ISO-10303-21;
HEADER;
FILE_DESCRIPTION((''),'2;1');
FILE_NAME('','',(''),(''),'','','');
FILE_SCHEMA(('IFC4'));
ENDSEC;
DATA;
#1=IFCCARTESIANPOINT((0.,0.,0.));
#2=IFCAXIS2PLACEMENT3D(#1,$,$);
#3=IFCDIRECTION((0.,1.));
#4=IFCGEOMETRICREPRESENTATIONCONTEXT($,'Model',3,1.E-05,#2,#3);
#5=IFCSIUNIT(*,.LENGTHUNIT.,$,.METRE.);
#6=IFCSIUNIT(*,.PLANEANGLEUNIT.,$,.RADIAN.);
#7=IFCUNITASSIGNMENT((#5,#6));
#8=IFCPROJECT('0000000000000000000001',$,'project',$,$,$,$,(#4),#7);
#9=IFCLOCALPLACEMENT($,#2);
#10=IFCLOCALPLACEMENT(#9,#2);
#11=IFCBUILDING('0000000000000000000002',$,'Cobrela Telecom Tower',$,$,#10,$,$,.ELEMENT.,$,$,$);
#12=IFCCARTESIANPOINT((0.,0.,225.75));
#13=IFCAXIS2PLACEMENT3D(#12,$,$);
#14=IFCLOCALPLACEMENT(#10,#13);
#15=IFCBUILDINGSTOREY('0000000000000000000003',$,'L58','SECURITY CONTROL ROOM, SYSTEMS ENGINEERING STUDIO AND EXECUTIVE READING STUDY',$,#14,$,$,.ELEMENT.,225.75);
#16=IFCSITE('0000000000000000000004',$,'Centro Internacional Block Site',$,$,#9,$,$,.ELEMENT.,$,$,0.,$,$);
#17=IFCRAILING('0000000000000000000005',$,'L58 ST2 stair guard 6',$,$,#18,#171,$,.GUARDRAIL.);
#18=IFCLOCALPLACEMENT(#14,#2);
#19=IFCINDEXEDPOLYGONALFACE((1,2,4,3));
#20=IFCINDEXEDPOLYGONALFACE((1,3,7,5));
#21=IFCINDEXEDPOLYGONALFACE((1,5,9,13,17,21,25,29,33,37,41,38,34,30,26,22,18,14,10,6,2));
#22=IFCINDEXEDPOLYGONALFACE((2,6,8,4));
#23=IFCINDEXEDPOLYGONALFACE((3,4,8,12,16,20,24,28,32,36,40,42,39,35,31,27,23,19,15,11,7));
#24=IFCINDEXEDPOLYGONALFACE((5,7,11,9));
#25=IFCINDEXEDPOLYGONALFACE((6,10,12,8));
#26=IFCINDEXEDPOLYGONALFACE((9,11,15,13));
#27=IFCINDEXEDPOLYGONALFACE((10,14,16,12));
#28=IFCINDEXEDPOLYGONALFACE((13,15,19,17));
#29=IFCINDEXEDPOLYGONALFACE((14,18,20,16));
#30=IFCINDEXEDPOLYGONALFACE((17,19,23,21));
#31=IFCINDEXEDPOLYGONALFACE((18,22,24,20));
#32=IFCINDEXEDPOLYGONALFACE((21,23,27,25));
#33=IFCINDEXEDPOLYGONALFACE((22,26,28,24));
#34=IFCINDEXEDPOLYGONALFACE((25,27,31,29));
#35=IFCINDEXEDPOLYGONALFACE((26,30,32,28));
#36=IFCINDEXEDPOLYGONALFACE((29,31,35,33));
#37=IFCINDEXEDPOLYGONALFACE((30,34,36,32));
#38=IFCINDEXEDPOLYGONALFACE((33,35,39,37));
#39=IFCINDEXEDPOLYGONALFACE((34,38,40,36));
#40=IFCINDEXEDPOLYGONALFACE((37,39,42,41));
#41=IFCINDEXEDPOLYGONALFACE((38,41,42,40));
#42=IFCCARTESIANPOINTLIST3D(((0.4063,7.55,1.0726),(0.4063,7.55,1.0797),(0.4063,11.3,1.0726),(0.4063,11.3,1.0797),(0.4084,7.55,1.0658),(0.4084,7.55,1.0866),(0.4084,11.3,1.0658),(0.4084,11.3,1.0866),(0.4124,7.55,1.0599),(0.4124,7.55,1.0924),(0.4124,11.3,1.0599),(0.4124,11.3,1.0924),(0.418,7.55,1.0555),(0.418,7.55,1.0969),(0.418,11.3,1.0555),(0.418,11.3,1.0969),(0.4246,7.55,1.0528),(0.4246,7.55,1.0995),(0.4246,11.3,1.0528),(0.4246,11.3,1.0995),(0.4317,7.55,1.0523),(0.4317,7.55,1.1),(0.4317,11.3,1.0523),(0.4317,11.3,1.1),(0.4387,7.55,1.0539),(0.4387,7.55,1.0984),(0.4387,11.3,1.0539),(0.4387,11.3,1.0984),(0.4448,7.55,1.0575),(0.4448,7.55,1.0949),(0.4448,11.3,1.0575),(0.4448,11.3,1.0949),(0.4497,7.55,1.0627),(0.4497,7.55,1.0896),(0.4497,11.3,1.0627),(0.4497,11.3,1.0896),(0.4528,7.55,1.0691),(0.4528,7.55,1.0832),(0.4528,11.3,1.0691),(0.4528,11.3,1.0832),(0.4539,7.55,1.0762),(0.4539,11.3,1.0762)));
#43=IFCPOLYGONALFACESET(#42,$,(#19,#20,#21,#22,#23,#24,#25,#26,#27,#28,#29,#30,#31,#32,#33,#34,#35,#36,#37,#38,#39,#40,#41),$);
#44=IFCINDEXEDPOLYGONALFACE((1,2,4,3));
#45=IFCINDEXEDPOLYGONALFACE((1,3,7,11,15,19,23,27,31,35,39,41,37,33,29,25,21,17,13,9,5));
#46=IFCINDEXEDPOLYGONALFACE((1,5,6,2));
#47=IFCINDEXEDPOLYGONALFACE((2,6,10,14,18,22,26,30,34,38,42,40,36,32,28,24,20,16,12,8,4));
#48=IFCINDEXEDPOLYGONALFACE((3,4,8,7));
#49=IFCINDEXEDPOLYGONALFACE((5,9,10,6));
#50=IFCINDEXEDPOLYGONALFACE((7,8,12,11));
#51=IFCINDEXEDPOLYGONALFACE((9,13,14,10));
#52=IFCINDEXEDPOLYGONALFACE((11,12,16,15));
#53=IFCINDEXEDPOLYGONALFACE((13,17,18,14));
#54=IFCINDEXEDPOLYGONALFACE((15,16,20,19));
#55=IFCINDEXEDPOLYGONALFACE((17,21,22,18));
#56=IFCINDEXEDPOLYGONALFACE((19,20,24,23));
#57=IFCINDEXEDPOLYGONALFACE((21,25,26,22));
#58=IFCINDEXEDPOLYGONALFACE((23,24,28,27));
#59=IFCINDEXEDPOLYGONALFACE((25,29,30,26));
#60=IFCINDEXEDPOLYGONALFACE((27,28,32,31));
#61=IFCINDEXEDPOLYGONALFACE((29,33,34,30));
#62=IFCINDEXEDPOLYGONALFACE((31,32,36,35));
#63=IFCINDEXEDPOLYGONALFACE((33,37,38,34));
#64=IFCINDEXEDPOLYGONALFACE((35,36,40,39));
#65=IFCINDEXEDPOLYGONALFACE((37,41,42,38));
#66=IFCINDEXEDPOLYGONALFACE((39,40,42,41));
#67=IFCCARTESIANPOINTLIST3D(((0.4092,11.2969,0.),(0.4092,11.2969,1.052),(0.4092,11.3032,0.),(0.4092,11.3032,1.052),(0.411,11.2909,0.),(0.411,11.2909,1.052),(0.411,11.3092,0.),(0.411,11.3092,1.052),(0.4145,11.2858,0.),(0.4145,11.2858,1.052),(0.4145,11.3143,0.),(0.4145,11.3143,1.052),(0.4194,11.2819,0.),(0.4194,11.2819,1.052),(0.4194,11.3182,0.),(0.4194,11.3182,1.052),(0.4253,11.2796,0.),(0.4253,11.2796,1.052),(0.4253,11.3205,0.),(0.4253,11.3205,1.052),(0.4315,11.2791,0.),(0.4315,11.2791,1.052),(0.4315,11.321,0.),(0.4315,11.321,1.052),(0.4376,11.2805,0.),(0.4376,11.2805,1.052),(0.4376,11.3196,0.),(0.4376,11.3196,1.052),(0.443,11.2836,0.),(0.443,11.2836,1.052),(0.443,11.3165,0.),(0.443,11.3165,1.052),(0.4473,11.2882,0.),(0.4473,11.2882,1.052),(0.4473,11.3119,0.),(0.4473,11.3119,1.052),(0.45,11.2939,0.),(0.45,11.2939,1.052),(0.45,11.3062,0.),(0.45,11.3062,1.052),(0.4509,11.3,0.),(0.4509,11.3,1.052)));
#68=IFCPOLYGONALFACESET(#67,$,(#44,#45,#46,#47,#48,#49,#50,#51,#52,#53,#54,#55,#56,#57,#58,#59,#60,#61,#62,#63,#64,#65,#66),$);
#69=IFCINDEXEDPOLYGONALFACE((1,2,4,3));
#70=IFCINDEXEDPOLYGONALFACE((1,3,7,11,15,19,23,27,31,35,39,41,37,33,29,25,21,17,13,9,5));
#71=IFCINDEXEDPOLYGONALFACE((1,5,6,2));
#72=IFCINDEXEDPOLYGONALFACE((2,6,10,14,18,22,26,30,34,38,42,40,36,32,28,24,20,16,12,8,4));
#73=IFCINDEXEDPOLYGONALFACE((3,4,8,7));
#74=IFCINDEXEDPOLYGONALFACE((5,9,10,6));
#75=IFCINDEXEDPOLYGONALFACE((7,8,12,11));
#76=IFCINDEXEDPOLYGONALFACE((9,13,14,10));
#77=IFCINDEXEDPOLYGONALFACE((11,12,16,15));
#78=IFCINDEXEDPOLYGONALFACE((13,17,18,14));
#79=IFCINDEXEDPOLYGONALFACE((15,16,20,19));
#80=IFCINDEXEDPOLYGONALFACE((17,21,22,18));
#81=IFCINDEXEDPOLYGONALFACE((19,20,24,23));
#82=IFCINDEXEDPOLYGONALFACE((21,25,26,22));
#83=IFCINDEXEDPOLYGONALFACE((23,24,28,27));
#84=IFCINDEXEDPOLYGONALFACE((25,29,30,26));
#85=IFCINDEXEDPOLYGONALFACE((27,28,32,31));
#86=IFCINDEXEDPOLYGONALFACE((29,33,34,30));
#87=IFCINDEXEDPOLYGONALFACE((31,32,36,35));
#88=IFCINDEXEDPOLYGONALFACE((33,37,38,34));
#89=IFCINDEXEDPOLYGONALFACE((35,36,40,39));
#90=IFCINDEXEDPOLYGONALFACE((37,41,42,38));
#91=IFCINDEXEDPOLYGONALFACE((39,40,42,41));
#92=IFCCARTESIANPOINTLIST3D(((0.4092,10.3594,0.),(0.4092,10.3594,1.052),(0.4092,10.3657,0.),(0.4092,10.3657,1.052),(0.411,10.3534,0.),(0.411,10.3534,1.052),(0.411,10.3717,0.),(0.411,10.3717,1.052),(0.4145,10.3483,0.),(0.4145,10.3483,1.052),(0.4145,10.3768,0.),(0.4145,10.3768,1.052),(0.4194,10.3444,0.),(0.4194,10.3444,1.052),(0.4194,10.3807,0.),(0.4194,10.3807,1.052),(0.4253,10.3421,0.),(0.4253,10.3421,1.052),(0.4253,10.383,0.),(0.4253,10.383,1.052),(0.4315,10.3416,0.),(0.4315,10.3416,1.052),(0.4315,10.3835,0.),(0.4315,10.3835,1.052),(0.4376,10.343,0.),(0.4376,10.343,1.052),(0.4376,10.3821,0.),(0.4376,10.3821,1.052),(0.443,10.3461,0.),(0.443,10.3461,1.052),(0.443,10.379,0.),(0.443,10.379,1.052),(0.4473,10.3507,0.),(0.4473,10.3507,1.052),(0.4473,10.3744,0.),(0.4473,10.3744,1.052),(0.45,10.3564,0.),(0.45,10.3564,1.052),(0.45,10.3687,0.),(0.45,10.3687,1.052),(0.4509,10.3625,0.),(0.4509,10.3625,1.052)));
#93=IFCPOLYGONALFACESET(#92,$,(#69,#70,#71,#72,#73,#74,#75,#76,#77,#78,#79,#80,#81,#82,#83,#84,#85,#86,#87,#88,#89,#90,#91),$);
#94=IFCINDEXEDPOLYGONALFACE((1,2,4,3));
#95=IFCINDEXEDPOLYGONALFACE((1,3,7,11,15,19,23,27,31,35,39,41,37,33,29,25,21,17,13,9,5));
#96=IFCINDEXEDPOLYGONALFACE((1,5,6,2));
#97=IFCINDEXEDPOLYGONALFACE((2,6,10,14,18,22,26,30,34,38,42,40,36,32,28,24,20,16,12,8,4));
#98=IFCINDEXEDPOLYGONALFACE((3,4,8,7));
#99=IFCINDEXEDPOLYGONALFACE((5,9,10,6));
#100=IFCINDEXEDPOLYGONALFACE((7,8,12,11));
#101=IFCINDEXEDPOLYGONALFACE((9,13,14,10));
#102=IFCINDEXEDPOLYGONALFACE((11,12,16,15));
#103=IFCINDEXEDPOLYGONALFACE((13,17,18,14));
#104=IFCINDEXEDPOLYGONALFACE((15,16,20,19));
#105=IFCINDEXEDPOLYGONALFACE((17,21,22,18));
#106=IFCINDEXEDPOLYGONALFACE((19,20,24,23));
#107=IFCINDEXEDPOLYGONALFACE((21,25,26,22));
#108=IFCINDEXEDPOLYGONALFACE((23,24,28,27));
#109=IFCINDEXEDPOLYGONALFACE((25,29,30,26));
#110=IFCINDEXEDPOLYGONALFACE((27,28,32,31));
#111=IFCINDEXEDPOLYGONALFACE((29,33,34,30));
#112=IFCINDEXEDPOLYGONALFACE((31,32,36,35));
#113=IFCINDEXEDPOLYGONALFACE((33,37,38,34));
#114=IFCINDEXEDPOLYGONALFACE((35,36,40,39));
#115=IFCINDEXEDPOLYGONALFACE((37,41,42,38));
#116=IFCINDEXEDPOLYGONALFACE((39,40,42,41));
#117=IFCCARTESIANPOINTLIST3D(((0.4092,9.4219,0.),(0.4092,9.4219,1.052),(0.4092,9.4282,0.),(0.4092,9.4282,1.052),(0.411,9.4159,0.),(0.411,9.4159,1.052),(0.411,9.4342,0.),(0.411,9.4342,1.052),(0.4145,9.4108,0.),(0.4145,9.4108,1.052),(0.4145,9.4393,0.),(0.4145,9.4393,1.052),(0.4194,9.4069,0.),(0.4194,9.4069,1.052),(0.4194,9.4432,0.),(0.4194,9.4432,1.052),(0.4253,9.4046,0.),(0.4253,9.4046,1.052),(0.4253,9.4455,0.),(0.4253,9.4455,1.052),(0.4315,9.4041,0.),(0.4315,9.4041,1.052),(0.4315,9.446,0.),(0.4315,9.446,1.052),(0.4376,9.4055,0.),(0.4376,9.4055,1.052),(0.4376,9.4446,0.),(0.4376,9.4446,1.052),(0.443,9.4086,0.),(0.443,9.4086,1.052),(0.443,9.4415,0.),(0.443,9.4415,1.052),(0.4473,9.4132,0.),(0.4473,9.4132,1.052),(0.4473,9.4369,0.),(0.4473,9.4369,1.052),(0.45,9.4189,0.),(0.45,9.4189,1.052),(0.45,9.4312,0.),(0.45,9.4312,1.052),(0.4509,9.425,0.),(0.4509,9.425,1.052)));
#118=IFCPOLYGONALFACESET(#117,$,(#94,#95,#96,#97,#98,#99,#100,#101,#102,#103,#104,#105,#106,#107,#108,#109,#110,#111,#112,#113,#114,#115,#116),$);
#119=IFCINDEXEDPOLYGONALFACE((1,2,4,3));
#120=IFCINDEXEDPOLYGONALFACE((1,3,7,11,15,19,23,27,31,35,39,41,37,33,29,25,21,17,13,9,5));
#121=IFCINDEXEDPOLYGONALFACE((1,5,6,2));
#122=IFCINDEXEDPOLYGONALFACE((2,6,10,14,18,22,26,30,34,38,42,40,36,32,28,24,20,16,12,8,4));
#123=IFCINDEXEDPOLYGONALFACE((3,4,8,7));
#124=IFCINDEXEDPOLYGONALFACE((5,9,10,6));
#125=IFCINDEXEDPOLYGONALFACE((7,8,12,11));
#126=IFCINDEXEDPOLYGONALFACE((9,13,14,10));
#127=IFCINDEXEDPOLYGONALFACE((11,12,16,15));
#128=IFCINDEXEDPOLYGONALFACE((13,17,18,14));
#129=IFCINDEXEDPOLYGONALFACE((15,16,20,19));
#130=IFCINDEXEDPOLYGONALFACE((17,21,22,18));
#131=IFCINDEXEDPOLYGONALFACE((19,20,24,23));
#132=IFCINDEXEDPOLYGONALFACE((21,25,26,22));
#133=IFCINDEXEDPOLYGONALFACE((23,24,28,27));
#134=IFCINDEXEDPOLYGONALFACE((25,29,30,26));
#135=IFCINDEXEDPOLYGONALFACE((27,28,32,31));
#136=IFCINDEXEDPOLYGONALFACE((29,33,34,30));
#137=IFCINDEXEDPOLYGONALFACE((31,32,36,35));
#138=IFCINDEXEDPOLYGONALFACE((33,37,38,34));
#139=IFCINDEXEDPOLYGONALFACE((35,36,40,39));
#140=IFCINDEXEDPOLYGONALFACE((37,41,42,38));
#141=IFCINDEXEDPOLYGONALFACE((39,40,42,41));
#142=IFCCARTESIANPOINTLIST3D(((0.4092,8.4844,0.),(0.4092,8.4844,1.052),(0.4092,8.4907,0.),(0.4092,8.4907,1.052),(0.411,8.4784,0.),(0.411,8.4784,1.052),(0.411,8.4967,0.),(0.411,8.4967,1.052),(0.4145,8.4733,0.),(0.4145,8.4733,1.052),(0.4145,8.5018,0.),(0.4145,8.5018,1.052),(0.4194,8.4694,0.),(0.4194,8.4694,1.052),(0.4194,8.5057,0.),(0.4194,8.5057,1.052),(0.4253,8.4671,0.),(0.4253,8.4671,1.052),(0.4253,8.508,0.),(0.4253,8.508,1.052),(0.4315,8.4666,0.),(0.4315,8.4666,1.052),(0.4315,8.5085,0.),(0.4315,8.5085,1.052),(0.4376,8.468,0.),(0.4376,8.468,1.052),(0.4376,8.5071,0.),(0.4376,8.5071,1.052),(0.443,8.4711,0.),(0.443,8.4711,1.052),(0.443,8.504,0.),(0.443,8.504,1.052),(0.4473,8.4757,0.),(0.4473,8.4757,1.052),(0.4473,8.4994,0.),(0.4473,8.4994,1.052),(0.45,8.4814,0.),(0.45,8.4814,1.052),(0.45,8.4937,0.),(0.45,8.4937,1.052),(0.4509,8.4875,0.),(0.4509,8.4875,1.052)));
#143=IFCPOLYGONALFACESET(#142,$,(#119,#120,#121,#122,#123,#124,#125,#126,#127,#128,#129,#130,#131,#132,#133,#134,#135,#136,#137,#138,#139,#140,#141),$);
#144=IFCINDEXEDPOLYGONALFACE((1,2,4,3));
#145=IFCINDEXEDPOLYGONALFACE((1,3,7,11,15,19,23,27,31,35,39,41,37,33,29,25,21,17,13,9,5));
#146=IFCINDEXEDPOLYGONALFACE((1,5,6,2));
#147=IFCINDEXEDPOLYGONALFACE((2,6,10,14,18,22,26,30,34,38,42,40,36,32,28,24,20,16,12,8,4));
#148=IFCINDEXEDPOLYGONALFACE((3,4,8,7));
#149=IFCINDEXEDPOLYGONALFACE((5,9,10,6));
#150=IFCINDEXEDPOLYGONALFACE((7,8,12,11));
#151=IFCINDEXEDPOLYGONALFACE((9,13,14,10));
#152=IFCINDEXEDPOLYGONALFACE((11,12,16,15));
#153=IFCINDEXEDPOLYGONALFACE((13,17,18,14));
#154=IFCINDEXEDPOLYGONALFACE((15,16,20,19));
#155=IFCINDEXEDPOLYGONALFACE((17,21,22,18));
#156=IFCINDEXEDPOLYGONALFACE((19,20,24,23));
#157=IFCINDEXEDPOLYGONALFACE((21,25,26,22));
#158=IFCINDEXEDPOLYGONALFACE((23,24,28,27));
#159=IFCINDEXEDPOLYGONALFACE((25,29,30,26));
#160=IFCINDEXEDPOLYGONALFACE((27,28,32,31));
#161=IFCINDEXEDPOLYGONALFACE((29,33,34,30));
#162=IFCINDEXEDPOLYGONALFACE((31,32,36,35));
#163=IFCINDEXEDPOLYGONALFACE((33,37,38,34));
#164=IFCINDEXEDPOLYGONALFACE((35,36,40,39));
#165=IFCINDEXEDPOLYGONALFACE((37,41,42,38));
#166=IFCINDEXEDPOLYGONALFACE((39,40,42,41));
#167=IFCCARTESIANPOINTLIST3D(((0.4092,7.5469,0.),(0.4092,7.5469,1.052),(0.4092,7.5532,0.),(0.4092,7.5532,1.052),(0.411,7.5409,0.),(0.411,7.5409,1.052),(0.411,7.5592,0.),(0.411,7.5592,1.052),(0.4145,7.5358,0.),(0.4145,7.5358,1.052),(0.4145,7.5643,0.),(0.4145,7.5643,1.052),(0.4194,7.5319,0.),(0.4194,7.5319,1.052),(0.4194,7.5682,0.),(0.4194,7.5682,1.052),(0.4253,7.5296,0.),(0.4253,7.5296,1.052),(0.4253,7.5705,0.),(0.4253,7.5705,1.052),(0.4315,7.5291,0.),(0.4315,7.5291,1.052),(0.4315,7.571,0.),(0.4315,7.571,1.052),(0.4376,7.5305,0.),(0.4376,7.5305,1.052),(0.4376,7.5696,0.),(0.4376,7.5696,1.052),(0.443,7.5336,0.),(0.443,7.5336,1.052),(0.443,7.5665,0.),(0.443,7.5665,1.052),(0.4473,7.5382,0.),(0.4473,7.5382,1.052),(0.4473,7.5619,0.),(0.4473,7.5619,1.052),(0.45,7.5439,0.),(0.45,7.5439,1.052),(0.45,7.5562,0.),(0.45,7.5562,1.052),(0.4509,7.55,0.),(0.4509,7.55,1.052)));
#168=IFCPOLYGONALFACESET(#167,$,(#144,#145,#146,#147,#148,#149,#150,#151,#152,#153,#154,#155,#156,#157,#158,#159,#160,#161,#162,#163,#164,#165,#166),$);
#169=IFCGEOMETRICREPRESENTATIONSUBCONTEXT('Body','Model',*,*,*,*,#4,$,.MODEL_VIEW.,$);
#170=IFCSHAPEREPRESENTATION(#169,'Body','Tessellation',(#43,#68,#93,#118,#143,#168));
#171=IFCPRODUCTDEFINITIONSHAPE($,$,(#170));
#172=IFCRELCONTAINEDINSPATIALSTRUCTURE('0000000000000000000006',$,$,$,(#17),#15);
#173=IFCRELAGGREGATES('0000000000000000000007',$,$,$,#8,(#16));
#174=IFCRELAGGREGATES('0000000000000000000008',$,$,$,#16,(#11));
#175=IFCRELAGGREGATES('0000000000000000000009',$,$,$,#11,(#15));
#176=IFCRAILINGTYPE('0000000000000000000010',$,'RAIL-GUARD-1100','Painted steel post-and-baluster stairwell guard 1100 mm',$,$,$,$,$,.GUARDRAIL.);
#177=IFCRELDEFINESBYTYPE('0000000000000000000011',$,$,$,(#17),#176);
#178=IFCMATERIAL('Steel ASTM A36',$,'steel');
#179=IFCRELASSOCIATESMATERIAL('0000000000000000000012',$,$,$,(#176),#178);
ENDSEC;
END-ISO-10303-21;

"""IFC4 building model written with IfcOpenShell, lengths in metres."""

from ifc_helpers import new_model, si_unit, direction, frame, origin, origin_2d, place, context, subcontext, project, spatial, circle, extrude, material, type_object, element, save


model = new_model("IFC4")

# Units and contexts
model_context = context("Model", 3, precision=1e-05, world=origin(), true_north=direction((0.0, 1.0)))
body_context = subcontext(model_context, "Body", "Model", "MODEL_VIEW")
ifc_project = project(units=[si_unit("LENGTHUNIT", "METRE"), si_unit("PLANEANGLEUNIT", "RADIAN")], contexts=[model_context])

# Site, building, storey
site_placement = place(None, origin())
site = spatial("IfcSite", under=ifc_project, at=site_placement, Name="Centro Internacional Block Site", CompositionType="ELEMENT", RefElevation=0.0)
building_placement = place(site_placement, origin())
building = spatial("IfcBuilding", under=site, at=building_placement, Name="Cobrela Telecom Tower", CompositionType="ELEMENT")
storey_placement = place(building_placement, frame((0.0, 0.0, 225.75)))
storey = spatial("IfcBuildingStorey", under=building, at=storey_placement, Name="L58", Description="SECURITY CONTROL ROOM, SYSTEMS ENGINEERING STUDIO AND EXECUTIVE READING STUDY", CompositionType="ELEMENT", Elevation=225.75)

# Shared definitions
ifc_material_1 = material(Name="Steel ASTM A36", Category="steel")

# Railing
railing_type = type_object("IfcRailingType", Name="RAIL-GUARD-1100", Description="Painted steel post-and-baluster stairwell guard 1100 mm", PredefinedType="GUARDRAIL", material=ifc_material_1)
railing_1_placement = place(storey_placement, frame((0.4299, 11.3, 0.0)))
element("IfcRailing", 1, at=railing_1_placement, inside=storey, type_object=railing_type, Name="L58 ST2 stair guard 6", PredefinedType="GUARDRAIL", context=body_context, shape_type="SweptSolid", body=[
    extrude(circle(Radius=0.0239, at=origin_2d()), frame((0.0, 0.0, 1.0762), z_axis=(0.0, -1.0, 0.0), x_axis=(1.0, 0.0, 0.0)), (0.0, 0.0, 1.0), 3.75),
    extrude(circle(Radius=0.021, at=origin_2d()), origin(), (0.0, 0.0, 1.0), 1.052),
    extrude(circle(Radius=0.021, at=origin_2d()), frame((0.0, -0.9375, 0.0)), (0.0, 0.0, 1.0), 1.052),
    extrude(circle(Radius=0.021, at=origin_2d()), frame((0.0, -1.875, 0.0)), (0.0, 0.0, 1.0), 1.052),
    extrude(circle(Radius=0.021, at=origin_2d()), frame((0.0, -2.8125, 0.0)), (0.0, 0.0, 1.0), 1.052),
    extrude(circle(Radius=0.021, at=origin_2d()), frame((0.0, -3.75, 0.0)), (0.0, 0.0, 1.0), 1.052),
])

save(model, "model.ifc")
